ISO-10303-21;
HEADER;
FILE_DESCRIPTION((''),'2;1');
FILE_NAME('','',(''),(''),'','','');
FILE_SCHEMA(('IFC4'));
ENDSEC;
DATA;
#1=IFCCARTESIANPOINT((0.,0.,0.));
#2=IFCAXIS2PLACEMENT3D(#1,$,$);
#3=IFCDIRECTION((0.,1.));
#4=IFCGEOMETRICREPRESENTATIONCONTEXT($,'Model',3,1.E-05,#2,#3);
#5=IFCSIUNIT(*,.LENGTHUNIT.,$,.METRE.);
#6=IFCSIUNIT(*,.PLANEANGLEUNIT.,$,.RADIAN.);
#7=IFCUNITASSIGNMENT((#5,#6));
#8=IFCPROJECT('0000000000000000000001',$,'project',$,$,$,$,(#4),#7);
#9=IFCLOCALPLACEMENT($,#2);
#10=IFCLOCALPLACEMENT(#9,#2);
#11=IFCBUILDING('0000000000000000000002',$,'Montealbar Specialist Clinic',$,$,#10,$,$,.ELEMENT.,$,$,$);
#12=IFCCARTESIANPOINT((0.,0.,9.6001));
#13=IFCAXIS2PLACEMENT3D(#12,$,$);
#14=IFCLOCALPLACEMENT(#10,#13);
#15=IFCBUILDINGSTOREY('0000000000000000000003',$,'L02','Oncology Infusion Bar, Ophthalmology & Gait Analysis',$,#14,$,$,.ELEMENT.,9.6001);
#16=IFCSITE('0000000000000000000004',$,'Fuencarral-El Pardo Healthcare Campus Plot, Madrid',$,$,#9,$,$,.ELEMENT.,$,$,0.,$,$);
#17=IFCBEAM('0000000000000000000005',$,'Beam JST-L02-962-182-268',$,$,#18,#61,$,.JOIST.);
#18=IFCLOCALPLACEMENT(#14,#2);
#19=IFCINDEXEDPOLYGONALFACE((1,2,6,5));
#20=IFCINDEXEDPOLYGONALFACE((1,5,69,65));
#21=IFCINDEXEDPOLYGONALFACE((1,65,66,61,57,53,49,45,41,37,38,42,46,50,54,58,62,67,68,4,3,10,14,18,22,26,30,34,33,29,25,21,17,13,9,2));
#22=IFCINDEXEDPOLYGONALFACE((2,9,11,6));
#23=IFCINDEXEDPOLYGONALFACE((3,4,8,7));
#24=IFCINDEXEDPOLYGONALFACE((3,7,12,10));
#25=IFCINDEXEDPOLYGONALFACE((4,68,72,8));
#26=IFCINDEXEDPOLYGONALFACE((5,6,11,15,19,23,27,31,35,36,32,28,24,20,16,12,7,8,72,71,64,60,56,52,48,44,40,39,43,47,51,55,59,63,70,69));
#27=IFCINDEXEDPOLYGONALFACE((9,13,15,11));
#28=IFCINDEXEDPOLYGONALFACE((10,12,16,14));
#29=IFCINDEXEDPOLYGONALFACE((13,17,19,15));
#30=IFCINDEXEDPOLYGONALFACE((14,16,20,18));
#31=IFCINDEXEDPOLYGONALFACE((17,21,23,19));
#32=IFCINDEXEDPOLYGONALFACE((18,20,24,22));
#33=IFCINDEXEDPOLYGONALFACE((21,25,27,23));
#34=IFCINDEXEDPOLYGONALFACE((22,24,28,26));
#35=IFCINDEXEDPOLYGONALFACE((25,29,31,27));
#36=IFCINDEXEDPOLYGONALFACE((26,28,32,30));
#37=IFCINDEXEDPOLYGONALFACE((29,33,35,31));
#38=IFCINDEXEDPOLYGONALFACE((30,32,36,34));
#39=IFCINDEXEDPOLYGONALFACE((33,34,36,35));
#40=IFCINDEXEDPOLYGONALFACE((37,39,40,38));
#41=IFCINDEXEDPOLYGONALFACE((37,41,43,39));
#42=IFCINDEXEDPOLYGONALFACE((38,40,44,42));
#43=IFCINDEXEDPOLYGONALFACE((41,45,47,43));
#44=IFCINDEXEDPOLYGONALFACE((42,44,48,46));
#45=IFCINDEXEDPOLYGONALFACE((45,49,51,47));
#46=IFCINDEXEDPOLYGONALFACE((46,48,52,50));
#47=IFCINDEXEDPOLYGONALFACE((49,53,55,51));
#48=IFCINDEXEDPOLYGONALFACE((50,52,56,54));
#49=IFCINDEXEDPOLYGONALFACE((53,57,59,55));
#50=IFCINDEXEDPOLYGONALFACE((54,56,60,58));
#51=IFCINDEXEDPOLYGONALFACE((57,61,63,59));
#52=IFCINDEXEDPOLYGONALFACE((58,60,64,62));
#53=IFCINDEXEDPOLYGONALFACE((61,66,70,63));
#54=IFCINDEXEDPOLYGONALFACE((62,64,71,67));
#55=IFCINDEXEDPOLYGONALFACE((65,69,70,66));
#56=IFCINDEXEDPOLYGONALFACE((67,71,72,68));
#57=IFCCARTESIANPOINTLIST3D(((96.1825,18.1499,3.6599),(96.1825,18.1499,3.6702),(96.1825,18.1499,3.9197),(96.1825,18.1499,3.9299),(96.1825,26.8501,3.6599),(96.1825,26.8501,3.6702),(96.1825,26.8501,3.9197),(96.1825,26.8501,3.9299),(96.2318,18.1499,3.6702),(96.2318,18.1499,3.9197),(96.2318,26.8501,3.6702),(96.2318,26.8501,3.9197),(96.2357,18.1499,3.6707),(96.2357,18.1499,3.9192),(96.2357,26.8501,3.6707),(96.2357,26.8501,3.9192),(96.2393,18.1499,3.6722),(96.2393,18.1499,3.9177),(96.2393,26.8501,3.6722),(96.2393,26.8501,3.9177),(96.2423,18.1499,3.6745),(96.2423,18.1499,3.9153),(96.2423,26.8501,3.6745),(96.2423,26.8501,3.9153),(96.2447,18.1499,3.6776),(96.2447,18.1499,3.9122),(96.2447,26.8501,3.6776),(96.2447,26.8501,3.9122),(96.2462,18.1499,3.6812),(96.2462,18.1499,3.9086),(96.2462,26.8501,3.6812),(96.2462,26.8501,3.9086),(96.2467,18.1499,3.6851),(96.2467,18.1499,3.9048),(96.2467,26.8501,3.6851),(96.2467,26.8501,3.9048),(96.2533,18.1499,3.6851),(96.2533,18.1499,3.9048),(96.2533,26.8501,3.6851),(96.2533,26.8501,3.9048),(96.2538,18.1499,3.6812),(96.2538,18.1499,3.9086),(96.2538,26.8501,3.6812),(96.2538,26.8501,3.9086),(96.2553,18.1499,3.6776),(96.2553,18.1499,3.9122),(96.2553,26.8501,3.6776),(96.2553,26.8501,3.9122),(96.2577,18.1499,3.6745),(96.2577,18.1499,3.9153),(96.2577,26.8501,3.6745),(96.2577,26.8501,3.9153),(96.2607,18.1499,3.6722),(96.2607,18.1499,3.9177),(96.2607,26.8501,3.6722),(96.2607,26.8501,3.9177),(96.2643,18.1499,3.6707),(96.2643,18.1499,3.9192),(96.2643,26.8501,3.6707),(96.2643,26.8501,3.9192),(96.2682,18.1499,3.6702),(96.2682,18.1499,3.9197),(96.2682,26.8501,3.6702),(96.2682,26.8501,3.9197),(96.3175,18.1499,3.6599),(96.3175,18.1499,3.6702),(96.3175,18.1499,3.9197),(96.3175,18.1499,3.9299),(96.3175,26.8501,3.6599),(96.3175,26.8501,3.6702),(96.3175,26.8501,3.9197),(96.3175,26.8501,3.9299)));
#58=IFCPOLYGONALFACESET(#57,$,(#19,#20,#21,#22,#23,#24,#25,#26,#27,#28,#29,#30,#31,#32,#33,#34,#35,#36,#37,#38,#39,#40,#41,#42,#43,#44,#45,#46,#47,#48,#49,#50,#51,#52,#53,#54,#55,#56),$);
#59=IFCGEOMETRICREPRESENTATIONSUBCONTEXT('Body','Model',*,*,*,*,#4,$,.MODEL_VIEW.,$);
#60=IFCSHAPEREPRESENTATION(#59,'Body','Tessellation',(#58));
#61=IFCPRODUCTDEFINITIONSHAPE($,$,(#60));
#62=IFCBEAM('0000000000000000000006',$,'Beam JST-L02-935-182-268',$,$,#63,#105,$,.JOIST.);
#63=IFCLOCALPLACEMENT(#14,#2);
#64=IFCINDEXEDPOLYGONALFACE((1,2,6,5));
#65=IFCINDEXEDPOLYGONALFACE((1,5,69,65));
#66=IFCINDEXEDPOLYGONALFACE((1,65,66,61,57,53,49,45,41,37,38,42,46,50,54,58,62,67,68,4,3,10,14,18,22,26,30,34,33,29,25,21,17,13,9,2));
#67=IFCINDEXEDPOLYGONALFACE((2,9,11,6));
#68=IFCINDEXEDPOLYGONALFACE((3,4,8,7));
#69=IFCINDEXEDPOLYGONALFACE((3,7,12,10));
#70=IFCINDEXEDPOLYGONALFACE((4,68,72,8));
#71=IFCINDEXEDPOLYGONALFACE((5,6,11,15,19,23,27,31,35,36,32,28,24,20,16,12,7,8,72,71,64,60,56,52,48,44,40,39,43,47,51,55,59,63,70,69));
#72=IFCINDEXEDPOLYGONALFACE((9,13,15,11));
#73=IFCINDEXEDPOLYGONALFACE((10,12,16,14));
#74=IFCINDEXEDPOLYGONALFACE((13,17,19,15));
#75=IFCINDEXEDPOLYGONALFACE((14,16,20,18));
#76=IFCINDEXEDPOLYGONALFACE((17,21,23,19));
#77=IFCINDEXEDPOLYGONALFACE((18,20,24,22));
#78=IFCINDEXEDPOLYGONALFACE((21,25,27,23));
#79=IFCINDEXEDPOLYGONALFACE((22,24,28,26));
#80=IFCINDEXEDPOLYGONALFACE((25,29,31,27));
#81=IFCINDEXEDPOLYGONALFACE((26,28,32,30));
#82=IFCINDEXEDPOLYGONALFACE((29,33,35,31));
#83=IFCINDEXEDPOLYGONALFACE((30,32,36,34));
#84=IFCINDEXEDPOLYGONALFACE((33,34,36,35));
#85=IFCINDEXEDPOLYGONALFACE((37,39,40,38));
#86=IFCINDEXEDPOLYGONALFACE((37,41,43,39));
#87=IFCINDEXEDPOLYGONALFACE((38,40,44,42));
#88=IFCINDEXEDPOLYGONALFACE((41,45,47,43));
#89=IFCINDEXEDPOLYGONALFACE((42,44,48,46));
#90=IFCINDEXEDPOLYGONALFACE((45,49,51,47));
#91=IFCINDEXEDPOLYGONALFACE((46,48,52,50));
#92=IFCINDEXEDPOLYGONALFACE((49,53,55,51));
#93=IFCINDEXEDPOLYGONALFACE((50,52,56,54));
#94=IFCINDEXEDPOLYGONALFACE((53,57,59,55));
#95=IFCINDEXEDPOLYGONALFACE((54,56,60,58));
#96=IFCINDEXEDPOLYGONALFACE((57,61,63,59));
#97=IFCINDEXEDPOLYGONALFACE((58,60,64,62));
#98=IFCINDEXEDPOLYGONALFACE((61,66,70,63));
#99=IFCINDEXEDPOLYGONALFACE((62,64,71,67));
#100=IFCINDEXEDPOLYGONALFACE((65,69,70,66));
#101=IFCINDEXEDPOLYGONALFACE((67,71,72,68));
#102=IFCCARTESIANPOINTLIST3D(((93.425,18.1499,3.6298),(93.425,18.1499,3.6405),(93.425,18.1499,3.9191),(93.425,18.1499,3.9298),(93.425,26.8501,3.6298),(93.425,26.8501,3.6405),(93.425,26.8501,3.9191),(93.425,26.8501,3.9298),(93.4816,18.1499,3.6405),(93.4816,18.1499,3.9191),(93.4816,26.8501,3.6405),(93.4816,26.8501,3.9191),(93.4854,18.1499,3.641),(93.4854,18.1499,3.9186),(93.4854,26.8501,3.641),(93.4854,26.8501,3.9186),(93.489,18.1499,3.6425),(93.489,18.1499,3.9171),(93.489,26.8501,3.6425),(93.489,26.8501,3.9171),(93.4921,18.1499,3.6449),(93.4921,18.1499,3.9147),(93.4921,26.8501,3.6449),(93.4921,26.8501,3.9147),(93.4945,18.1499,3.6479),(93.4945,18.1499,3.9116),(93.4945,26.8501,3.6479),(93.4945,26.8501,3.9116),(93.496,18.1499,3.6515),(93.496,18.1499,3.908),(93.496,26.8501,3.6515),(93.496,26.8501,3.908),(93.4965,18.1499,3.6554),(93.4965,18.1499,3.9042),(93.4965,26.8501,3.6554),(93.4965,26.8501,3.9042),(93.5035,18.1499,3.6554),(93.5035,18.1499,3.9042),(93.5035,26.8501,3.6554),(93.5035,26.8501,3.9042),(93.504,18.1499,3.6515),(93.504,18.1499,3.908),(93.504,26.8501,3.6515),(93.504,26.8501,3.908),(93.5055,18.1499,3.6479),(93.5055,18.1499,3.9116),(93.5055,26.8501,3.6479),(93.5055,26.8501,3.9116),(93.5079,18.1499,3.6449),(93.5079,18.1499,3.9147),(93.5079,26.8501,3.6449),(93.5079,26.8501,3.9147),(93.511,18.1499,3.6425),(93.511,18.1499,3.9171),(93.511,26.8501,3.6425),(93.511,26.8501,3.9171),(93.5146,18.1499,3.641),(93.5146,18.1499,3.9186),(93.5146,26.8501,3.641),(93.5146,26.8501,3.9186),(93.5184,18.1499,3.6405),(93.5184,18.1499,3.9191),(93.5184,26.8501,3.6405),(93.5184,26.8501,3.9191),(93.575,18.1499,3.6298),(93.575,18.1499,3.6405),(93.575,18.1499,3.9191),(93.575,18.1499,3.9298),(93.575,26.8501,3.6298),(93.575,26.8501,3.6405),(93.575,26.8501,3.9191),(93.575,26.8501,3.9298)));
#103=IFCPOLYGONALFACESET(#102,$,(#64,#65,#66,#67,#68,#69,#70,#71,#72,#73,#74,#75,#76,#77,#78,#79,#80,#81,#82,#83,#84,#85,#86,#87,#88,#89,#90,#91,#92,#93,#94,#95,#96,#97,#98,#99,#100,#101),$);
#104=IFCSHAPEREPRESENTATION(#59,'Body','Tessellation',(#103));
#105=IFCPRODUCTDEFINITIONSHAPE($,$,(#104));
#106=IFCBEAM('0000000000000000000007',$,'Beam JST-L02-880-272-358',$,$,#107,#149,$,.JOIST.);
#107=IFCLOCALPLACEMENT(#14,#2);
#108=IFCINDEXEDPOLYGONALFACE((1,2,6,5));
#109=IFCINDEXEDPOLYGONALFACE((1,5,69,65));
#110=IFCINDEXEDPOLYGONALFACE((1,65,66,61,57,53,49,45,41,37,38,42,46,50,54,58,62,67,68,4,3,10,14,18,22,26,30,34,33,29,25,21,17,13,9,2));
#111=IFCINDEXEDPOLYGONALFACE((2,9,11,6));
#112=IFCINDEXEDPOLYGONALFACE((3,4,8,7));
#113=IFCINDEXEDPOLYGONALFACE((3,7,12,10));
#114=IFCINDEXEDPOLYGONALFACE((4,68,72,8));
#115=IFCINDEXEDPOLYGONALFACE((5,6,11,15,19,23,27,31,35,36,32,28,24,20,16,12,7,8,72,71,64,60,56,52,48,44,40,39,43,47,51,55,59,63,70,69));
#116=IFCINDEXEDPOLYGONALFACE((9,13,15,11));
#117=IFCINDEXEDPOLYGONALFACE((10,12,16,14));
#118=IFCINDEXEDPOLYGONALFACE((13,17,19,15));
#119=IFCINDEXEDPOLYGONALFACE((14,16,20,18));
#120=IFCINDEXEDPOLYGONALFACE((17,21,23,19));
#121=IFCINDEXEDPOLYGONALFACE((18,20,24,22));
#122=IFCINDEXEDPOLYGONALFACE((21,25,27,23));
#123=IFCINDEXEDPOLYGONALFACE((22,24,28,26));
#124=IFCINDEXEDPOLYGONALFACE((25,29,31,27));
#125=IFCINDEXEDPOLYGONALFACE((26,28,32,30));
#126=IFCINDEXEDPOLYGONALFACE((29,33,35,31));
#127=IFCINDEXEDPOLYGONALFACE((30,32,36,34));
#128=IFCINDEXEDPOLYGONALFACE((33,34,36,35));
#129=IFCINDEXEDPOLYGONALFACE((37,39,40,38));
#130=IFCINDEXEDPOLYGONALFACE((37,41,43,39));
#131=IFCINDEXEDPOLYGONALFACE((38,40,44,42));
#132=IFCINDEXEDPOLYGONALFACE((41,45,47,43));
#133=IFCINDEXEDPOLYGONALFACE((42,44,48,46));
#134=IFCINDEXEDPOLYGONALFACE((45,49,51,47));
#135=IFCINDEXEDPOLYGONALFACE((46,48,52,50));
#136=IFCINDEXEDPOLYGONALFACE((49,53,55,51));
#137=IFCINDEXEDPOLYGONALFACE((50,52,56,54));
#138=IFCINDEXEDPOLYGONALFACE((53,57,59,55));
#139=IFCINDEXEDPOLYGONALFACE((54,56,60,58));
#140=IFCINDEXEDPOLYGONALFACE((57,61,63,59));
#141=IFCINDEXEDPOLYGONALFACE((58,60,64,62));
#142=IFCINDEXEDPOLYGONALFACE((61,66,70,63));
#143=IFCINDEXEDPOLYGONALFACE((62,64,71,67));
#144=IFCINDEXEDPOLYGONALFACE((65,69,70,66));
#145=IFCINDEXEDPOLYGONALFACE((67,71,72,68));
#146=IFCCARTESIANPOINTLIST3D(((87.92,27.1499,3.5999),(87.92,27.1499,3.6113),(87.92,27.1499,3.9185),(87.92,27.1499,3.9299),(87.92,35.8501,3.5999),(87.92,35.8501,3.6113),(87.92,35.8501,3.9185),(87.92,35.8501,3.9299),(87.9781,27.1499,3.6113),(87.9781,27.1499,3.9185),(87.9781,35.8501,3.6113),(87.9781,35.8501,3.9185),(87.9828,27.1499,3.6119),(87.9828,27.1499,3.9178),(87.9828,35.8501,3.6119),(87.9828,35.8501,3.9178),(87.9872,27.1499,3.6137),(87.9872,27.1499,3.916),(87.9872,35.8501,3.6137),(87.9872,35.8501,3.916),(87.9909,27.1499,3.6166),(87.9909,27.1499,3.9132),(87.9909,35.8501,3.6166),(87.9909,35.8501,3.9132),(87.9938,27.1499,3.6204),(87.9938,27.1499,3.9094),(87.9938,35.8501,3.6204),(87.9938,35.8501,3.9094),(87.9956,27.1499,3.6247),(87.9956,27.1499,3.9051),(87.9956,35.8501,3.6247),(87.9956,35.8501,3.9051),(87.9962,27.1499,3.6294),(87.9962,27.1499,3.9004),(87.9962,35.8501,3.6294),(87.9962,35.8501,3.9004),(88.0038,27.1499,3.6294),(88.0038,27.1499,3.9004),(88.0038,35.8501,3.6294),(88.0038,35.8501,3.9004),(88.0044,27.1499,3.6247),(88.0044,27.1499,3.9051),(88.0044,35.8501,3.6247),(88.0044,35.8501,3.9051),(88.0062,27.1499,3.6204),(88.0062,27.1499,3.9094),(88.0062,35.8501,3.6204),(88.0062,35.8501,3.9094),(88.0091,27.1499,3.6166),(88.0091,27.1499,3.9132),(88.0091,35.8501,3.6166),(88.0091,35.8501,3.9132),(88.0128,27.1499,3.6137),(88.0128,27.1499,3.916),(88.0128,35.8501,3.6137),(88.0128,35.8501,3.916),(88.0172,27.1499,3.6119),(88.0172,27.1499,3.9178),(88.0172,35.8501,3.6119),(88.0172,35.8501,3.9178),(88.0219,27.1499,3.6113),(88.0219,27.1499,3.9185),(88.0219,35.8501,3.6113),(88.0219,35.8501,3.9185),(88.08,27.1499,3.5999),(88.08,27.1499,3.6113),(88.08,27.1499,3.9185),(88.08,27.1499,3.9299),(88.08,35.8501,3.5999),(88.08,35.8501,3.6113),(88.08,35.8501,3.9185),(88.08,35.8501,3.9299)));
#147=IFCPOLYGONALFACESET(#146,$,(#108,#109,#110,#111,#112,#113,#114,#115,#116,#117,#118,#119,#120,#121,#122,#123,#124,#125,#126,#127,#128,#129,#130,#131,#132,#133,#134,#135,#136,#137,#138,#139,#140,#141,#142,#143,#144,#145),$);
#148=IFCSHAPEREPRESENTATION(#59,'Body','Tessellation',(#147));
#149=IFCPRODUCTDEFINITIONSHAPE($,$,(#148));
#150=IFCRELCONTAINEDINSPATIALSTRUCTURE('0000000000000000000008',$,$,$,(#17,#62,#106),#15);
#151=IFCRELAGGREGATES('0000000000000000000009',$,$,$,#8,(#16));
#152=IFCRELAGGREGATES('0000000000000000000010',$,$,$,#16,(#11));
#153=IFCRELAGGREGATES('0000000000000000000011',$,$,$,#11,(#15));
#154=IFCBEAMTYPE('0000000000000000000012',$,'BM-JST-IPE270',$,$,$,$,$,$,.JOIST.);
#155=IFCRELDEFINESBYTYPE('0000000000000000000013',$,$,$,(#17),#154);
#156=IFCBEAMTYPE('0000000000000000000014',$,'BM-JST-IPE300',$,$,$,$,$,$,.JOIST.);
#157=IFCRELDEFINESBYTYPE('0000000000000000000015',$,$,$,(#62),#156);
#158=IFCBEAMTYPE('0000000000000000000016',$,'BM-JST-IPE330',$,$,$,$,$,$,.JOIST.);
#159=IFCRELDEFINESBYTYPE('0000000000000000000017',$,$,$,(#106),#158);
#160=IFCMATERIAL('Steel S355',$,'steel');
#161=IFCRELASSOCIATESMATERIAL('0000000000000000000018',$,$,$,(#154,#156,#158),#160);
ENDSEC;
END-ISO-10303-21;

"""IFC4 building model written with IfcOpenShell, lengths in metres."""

from ifc_helpers import new_model, si_unit, direction, frame, origin, origin_2d, place, context, subcontext, project, spatial, i_section, extrude, material, material_profile, profile_set, type_object, element, save


model = new_model("IFC4")

# Units and contexts
model_context = context("Model", 3, precision=1e-05, world=origin(), true_north=direction((0.0, 1.0)))
body_context = subcontext(model_context, "Body", "Model", "MODEL_VIEW")
ifc_project = project(units=[si_unit("LENGTHUNIT", "METRE"), si_unit("PLANEANGLEUNIT", "RADIAN")], contexts=[model_context])

# Site, building, storey
site_placement = place(None, origin())
site = spatial("IfcSite", under=ifc_project, at=site_placement, Name="Fuencarral-El Pardo Healthcare Campus Plot, Madrid", CompositionType="ELEMENT", RefElevation=0.0)
building_placement = place(site_placement, origin())
building = spatial("IfcBuilding", under=site, at=building_placement, Name="Montealbar Specialist Clinic", CompositionType="ELEMENT")
storey_placement = place(building_placement, frame((0.0, 0.0, 9.6001)))
storey = spatial("IfcBuildingStorey", under=building, at=storey_placement, Name="L02", Description="Oncology Infusion Bar, Ophthalmology & Gait Analysis", CompositionType="ELEMENT", Elevation=9.6001)

# Shared definitions
ifc_material_1 = material(Name="Steel S355", Category="steel")

# Beams
ifc_material_profile_1 = material_profile(ifc_material_1, i_section(OverallWidth=0.135, OverallDepth=0.27, WebThickness=0.0066, FlangeThickness=0.0103, FilletRadius=0.0149, at=origin_2d()), Name="IPE 270", Category="steel")
ifc_profile_set_1 = profile_set([ifc_material_profile_1], Name="Steel S355")
beam_type_1 = type_object("IfcBeamType", Name="BM-JST-IPE270", PredefinedType="JOIST", material=ifc_profile_set_1)
beam_1_placement = place(storey_placement, frame((96.25, 18.1499, 3.7949), z_axis=(0.0, 1.0, 0.0), x_axis=(-1.0, 0.0, 0.0)))
element("IfcBeam", 1, at=beam_1_placement, inside=storey, type_object=beam_type_1, Name="Beam JST-L02-962-182-268", PredefinedType="JOIST", context=body_context, shape_type="SweptSolid", body=[
    extrude(i_section(OverallWidth=0.135, OverallDepth=0.27, WebThickness=0.0066, FlangeThickness=0.0103, FilletRadius=0.0149, at=origin_2d()), origin(), (0.0, 0.0, 1.0), 8.7002),
])
ifc_material_profile_2 = material_profile(ifc_material_1, i_section(OverallWidth=0.1499, OverallDepth=0.3, WebThickness=0.0071, FlangeThickness=0.0107, FilletRadius=0.0149, at=origin_2d()), Name="IPE 300", Category="steel")
ifc_profile_set_2 = profile_set([ifc_material_profile_2], Name="Steel S355")
beam_type_2 = type_object("IfcBeamType", Name="BM-JST-IPE300", PredefinedType="JOIST", material=ifc_profile_set_2)
beam_2_placement = place(storey_placement, frame((93.5, 18.1499, 3.7798), z_axis=(0.0, 1.0, 0.0), x_axis=(-1.0, 0.0, 0.0)))
element("IfcBeam", 2, at=beam_2_placement, inside=storey, type_object=beam_type_2, Name="Beam JST-L02-935-182-268", PredefinedType="JOIST", context=body_context, shape_type="SweptSolid", body=[
    extrude(i_section(OverallWidth=0.1499, OverallDepth=0.3, WebThickness=0.0071, FlangeThickness=0.0107, FilletRadius=0.0149, at=origin_2d()), origin(), (0.0, 0.0, 1.0), 8.7002),
])
ifc_material_profile_3 = material_profile(ifc_material_1, i_section(OverallWidth=0.1599, OverallDepth=0.3301, WebThickness=0.0076, FlangeThickness=0.0115, FilletRadius=0.0181, at=origin_2d()), Name="IPE 330", Category="steel")
ifc_profile_set_3 = profile_set([ifc_material_profile_3], Name="Steel S355")
beam_type_3 = type_object("IfcBeamType", Name="BM-JST-IPE330", PredefinedType="JOIST", material=ifc_profile_set_3)
beam_3_placement = place(storey_placement, frame((88.0, 27.1499, 3.7649), z_axis=(0.0, 1.0, 0.0), x_axis=(-1.0, 0.0, 0.0)))
element("IfcBeam", 3, at=beam_3_placement, inside=storey, type_object=beam_type_3, Name="Beam JST-L02-880-272-358", PredefinedType="JOIST", context=body_context, shape_type="SweptSolid", body=[
    extrude(i_section(OverallWidth=0.1599, OverallDepth=0.3301, WebThickness=0.0076, FlangeThickness=0.0115, FilletRadius=0.0181, at=origin_2d()), origin(), (0.0, 0.0, 1.0), 8.7002),
])

save(model, "model.ifc")
